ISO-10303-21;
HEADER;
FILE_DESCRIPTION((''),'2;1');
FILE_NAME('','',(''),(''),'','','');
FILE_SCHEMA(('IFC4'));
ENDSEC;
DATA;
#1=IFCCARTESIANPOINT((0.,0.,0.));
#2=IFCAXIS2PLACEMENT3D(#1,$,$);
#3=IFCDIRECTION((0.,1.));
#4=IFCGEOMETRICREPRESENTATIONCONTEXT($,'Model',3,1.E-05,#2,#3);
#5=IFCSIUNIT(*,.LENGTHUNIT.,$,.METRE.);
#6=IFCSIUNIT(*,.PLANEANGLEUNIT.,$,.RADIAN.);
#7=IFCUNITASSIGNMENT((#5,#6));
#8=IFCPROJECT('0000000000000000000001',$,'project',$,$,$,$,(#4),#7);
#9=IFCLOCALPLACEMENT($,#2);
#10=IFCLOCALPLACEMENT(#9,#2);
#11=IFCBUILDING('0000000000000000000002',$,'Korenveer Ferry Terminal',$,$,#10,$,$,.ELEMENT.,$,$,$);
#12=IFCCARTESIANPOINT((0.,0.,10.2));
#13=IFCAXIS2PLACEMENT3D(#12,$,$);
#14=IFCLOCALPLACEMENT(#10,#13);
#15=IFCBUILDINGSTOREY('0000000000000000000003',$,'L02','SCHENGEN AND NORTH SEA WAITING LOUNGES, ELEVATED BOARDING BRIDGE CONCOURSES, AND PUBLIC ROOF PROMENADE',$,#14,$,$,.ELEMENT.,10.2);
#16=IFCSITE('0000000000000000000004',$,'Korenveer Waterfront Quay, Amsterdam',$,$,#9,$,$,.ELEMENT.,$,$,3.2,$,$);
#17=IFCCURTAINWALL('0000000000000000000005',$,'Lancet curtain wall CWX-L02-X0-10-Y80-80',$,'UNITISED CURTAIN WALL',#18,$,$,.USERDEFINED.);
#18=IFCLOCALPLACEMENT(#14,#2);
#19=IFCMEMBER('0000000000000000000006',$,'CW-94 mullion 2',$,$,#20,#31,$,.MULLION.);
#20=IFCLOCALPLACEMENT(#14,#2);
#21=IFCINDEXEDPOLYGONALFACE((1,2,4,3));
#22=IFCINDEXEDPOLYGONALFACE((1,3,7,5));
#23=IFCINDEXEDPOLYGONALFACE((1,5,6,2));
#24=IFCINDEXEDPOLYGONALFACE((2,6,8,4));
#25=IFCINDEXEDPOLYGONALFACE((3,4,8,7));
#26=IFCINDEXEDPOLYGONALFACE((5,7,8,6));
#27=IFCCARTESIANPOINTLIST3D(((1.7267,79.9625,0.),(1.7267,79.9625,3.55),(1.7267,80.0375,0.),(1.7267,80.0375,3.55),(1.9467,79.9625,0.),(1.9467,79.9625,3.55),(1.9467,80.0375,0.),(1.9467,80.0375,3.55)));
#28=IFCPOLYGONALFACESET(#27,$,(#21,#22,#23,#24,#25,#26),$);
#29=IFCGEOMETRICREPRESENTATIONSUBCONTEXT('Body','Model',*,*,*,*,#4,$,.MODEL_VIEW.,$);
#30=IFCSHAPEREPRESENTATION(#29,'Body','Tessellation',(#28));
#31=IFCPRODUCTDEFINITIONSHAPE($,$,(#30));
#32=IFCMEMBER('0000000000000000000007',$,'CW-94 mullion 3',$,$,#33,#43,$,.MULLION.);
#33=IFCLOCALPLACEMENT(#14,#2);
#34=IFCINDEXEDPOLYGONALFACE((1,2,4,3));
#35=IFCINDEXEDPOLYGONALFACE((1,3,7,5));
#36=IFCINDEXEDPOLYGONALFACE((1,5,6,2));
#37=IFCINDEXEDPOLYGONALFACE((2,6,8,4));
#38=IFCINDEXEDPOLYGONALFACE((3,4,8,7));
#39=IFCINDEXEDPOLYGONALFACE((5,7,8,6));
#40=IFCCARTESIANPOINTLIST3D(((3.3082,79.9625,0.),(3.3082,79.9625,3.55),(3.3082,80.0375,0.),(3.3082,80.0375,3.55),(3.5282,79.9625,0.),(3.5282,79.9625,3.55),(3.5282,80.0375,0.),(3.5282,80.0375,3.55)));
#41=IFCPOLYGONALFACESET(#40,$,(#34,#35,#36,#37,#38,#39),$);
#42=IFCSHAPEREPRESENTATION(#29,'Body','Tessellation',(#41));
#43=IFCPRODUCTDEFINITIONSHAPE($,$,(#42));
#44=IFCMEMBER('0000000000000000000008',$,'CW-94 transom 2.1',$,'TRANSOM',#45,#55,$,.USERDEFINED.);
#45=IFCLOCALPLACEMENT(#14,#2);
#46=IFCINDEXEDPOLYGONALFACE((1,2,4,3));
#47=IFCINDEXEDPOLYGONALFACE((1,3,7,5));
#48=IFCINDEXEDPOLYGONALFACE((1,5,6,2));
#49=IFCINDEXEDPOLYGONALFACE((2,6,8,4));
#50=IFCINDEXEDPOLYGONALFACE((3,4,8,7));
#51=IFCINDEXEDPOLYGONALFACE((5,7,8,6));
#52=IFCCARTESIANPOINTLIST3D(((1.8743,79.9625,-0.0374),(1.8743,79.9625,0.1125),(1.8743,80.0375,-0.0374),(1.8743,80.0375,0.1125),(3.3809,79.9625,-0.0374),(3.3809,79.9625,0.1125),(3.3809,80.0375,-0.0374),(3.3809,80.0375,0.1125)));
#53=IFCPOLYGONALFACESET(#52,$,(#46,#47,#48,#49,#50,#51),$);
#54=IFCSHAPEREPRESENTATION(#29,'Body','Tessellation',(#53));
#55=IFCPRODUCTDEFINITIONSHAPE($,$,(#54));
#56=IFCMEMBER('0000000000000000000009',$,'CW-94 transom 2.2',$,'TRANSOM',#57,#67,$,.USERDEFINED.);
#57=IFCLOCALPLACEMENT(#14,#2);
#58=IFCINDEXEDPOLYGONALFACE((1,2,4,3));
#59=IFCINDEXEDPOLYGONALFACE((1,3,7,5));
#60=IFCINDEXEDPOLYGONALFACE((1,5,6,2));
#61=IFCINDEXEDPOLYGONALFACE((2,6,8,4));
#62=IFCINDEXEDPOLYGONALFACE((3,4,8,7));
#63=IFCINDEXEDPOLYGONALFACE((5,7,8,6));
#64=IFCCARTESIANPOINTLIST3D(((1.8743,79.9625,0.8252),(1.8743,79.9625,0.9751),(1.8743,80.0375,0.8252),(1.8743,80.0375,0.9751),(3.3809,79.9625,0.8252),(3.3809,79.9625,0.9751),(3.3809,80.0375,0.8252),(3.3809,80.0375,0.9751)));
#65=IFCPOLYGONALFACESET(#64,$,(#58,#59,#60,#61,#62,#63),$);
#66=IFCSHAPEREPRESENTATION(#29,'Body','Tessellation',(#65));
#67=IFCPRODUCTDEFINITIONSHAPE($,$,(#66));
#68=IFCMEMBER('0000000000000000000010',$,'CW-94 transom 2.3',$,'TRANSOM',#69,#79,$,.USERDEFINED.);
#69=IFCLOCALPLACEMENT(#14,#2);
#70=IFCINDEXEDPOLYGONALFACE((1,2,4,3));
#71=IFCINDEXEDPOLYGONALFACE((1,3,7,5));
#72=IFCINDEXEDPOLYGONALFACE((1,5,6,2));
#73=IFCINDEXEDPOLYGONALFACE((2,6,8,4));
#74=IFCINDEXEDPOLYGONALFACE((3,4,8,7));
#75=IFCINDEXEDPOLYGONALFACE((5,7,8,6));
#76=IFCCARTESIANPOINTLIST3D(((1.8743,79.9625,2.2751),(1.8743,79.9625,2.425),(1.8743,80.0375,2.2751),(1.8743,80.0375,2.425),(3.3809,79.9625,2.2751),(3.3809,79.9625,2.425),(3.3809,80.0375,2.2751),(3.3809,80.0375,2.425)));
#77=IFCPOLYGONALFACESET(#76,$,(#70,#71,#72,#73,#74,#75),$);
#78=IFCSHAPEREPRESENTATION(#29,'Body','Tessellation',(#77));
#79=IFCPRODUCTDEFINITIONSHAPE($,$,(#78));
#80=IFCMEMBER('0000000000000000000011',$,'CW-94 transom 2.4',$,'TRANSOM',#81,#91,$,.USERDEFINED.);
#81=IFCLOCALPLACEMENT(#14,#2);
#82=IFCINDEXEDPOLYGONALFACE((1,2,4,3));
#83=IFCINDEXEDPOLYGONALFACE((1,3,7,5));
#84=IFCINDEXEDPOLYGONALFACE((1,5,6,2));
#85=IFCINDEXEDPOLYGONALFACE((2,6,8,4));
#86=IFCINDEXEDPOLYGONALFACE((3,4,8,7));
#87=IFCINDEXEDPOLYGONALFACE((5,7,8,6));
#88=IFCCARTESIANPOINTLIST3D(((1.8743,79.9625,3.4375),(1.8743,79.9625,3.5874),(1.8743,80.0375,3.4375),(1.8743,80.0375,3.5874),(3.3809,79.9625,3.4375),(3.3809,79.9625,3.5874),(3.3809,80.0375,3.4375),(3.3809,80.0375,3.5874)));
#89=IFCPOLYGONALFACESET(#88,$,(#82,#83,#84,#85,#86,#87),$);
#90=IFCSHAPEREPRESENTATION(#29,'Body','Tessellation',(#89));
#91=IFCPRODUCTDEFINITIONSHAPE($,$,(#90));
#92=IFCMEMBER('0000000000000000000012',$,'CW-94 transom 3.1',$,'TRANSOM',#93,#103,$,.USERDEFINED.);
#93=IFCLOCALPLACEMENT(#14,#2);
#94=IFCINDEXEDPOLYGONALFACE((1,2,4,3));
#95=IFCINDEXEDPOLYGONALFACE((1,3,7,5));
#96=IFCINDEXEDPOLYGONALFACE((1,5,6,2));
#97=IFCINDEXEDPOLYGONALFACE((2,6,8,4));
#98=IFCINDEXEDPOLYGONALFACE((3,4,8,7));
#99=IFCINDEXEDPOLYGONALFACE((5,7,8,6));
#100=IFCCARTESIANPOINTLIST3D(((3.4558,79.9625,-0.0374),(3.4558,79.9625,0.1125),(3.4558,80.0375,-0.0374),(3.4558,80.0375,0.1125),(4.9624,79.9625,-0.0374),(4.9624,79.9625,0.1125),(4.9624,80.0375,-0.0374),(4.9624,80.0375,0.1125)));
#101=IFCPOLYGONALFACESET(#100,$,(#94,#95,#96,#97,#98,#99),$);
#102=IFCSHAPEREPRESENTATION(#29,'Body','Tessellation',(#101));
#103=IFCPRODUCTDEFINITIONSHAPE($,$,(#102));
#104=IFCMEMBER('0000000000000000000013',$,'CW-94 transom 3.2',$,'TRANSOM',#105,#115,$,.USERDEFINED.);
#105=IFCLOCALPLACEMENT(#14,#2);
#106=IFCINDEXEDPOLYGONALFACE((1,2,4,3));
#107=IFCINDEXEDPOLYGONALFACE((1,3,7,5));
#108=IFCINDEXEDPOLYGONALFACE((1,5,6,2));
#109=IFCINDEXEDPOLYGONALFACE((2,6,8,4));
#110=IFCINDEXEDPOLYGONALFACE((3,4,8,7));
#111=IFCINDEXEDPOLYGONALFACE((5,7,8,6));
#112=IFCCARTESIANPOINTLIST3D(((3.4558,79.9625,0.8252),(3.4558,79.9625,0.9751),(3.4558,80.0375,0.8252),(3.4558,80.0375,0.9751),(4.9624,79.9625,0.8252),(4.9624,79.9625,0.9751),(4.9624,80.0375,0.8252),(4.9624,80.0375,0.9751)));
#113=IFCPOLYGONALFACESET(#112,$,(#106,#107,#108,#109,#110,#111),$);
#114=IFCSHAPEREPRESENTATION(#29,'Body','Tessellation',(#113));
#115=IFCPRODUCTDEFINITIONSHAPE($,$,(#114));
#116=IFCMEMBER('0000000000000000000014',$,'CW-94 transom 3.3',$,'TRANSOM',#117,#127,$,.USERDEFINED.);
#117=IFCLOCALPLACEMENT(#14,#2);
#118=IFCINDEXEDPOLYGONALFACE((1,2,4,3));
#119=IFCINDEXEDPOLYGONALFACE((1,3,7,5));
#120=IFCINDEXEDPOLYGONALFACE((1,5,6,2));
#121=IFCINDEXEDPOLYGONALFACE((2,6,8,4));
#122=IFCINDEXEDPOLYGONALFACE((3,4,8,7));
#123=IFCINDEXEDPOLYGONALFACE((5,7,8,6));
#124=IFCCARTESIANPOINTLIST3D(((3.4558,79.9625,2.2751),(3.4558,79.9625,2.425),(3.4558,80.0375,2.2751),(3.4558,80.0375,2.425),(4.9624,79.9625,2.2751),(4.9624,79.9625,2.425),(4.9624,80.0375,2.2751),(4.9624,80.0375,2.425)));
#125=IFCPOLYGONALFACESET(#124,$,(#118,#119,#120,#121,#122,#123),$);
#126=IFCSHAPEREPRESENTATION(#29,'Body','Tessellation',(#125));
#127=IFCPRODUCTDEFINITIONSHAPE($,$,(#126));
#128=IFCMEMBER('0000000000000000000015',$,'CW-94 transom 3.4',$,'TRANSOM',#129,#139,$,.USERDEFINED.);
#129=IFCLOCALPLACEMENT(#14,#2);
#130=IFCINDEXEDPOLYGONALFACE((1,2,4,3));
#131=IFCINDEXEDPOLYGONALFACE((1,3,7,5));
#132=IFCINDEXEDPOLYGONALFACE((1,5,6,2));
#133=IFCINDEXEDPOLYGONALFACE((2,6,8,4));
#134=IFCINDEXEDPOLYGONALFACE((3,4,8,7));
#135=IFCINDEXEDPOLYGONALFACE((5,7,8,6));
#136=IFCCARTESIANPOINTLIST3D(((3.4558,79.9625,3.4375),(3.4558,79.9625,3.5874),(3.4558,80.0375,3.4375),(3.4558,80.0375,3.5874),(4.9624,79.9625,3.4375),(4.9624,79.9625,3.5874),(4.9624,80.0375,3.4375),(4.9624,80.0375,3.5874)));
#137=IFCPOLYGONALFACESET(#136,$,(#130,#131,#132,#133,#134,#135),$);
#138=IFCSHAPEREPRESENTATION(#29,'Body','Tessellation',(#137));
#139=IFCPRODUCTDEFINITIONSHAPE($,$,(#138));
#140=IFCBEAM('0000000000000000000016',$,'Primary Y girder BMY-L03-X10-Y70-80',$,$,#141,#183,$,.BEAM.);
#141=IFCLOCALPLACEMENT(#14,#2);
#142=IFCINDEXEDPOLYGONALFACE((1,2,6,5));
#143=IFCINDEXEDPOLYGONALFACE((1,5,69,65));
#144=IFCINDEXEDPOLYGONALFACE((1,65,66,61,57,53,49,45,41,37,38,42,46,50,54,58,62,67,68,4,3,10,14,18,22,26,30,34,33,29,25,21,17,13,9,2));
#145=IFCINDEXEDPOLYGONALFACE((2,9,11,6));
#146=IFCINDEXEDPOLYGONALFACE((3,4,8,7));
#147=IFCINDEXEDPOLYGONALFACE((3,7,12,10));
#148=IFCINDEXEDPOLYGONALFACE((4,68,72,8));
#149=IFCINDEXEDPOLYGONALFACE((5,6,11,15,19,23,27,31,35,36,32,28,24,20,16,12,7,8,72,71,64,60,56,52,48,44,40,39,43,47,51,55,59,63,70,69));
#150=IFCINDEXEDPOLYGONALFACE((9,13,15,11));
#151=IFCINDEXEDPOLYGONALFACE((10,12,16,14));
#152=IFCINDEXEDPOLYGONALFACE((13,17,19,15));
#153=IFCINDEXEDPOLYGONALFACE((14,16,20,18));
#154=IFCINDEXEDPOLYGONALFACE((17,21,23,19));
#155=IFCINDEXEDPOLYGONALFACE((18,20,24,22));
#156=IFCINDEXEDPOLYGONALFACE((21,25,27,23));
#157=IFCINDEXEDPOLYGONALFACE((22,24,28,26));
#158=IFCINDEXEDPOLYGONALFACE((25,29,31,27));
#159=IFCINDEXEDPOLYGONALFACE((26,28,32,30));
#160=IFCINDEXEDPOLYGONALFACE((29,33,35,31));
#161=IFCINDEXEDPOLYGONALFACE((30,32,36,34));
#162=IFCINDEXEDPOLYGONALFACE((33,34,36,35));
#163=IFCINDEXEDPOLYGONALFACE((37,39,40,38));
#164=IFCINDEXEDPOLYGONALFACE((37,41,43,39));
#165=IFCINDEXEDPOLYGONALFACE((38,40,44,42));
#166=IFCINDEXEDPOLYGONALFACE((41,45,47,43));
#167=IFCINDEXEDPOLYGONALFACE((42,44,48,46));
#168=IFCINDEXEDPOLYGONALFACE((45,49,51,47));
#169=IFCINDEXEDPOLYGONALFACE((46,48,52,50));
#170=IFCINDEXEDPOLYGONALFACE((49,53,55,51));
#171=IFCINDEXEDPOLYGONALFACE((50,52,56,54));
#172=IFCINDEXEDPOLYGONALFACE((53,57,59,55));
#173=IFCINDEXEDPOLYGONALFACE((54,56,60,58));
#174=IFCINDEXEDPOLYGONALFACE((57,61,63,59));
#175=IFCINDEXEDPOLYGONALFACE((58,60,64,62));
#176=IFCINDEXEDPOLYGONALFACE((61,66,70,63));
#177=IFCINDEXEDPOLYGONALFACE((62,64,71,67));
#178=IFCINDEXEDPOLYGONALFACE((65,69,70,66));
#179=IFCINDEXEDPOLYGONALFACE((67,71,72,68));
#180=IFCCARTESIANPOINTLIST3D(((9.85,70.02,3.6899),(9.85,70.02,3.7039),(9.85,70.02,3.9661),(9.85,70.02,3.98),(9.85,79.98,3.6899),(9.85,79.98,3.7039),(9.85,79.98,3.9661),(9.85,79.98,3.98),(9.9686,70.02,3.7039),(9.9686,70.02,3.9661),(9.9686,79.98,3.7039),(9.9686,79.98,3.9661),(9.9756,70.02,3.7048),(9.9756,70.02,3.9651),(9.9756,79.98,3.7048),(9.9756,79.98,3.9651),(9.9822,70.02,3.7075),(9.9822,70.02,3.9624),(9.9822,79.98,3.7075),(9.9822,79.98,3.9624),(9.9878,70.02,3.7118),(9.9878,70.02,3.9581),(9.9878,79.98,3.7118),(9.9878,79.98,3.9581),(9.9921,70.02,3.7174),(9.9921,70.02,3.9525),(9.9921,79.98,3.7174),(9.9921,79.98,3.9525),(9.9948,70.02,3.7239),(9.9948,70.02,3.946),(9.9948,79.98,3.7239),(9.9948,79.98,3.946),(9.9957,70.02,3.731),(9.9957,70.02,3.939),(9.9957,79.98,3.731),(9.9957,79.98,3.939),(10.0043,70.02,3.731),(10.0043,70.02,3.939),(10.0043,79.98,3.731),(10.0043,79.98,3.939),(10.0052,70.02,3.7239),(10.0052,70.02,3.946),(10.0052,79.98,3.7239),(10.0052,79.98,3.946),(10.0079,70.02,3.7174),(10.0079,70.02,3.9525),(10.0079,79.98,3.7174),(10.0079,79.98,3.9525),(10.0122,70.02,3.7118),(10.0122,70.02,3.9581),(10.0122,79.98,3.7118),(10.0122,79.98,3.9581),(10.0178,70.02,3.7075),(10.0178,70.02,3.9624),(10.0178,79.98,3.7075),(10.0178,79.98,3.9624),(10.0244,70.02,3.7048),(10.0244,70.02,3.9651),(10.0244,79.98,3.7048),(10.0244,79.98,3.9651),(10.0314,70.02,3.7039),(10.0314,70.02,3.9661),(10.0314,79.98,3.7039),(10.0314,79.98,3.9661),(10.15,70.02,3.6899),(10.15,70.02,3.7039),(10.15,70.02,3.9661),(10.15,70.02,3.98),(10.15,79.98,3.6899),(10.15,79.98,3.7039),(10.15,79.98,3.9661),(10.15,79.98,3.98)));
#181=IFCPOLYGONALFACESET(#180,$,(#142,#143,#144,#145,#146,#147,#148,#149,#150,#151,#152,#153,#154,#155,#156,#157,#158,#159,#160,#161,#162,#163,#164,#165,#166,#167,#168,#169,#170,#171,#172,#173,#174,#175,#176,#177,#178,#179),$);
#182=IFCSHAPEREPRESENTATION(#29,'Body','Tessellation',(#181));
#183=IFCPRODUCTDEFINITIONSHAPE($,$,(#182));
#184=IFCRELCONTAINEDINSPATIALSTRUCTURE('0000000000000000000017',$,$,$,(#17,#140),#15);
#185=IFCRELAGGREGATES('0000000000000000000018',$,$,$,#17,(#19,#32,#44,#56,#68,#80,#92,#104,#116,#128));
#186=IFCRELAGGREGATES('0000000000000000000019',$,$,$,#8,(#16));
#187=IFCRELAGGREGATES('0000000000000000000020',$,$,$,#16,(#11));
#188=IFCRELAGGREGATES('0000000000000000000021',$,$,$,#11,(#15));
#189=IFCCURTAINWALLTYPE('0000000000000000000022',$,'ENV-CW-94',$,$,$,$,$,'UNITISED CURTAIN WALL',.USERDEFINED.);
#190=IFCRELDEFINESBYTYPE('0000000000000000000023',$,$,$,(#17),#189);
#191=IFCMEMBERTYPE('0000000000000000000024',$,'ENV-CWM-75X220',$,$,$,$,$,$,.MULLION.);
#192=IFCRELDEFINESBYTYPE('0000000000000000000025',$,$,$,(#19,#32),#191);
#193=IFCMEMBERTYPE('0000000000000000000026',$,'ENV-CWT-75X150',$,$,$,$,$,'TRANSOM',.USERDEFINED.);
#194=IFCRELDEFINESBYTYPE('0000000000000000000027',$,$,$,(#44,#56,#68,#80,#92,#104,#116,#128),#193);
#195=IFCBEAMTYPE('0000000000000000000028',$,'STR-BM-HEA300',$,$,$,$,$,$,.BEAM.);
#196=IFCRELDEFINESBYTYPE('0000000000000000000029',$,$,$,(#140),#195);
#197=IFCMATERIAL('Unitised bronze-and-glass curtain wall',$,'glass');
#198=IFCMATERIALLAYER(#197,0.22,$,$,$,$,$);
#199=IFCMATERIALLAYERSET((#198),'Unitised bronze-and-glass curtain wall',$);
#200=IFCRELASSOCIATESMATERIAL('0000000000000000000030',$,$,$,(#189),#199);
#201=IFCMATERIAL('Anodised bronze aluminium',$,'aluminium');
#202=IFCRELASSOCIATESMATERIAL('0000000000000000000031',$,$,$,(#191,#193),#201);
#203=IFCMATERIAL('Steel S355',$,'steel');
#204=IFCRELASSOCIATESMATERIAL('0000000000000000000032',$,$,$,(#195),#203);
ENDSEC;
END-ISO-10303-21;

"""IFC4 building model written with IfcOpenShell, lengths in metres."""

from ifc_helpers import new_model, si_unit, direction, frame, origin, origin_2d, place, context, subcontext, project, spatial, rectangle, i_section, extrude, material, layer, layer_set, material_profile, profile_set, type_object, element, aggregate, save


model = new_model("IFC4")

# Units and contexts
model_context = context("Model", 3, precision=1e-05, world=origin(), true_north=direction((0.0, 1.0)))
body_context = subcontext(model_context, "Body", "Model", "MODEL_VIEW")
ifc_project = project(units=[si_unit("LENGTHUNIT", "METRE"), si_unit("PLANEANGLEUNIT", "RADIAN")], contexts=[model_context])

# Site, building, storey
site_placement = place(None, origin())
site = spatial("IfcSite", under=ifc_project, at=site_placement, Name="Korenveer Waterfront Quay, Amsterdam", CompositionType="ELEMENT", RefElevation=3.2)
building_placement = place(site_placement, origin())
building = spatial("IfcBuilding", under=site, at=building_placement, Name="Korenveer Ferry Terminal", CompositionType="ELEMENT")
storey_placement = place(building_placement, frame((0.0, 0.0, 10.2)))
storey = spatial("IfcBuildingStorey", under=building, at=storey_placement, Name="L02", Description="SCHENGEN AND NORTH SEA WAITING LOUNGES, ELEVATED BOARDING BRIDGE CONCOURSES, AND PUBLIC ROOF PROMENADE", CompositionType="ELEMENT", Elevation=10.2)

# Curtain wall, members
ifc_material_1 = material(Name="Unitised bronze-and-glass curtain wall", Category="glass")
ifc_layer_1 = layer(ifc_material_1, 0.22)
ifc_layer_set_1 = layer_set([ifc_layer_1], Name="Unitised bronze-and-glass curtain wall")
curtain_wall_type = type_object("IfcCurtainWallType", Name="ENV-CW-94", ElementType="UNITISED CURTAIN WALL", PredefinedType="USERDEFINED", material=ifc_layer_set_1)
curtain_wall_placement = place(storey_placement, frame((0.2549, 80.0, 0.0)))
curtain_wall = element("IfcCurtainWall", 1, at=curtain_wall_placement, inside=storey, type_object=curtain_wall_type, Name="Lancet curtain wall CWX-L02-X0-10-Y80-80", ObjectType="UNITISED CURTAIN WALL", PredefinedType="USERDEFINED")
ifc_material_2 = material(Name="Anodised bronze aluminium", Category="aluminium")
ifc_material_profile_1 = material_profile(ifc_material_2, rectangle(XDim=0.075, YDim=0.22, at=origin_2d()), Name="ALU 75x220")
ifc_profile_set_1 = profile_set([ifc_material_profile_1], Name="Anodised bronze aluminium")
member_type_1 = type_object("IfcMemberType", Name="ENV-CWM-75X220", PredefinedType="MULLION", material=ifc_profile_set_1)
member_1_placement = place(storey_placement, frame((1.8367, 80.0, 0.0), z_axis=(0.0, 0.0, 1.0), x_axis=(0.0, 1.0, 0.0)))
member_1 = element("IfcMember", 2, at=member_1_placement, type_object=member_type_1, Name="CW-94 mullion 2", PredefinedType="MULLION", context=body_context, shape_type="SweptSolid", body=[
    extrude(rectangle(XDim=0.075, YDim=0.22, at=origin_2d()), origin(), (0.0, 0.0, 1.0), 3.55),
])
member_2_placement = place(storey_placement, frame((3.4182, 80.0, 0.0), z_axis=(0.0, 0.0, 1.0), x_axis=(0.0, 1.0, 0.0)))
member_2 = element("IfcMember", 3, at=member_2_placement, type_object=member_type_1, Name="CW-94 mullion 3", PredefinedType="MULLION", context=body_context, shape_type="SweptSolid", body=[
    extrude(rectangle(XDim=0.075, YDim=0.22, at=origin_2d()), origin(), (0.0, 0.0, 1.0), 3.55),
])
ifc_material_profile_2 = material_profile(ifc_material_2, rectangle(XDim=0.075, YDim=0.1499, at=origin_2d()), Name="ALU 75x150")
ifc_profile_set_2 = profile_set([ifc_material_profile_2], Name="Anodised bronze aluminium")
member_type_2 = type_object("IfcMemberType", Name="ENV-CWT-75X150", ElementType="TRANSOM", PredefinedType="USERDEFINED", material=ifc_profile_set_2)
member_3_placement = place(storey_placement, frame((1.8743, 80.0, 0.0376), z_axis=(1.0, 0.0, 0.0), x_axis=(0.0, 1.0, 0.0)))
member_3 = element("IfcMember", 4, at=member_3_placement, type_object=member_type_2, Name="CW-94 transom 2.1", ObjectType="TRANSOM", PredefinedType="USERDEFINED", context=body_context, shape_type="SweptSolid", body=[
    extrude(rectangle(XDim=0.075, YDim=0.1499, at=origin_2d()), origin(), (0.0, 0.0, 1.0), 1.5066),
])
member_4_placement = place(storey_placement, frame((1.8743, 80.0, 0.9001), z_axis=(1.0, 0.0, 0.0), x_axis=(0.0, 1.0, 0.0)))
member_4 = element("IfcMember", 5, at=member_4_placement, type_object=member_type_2, Name="CW-94 transom 2.2", ObjectType="TRANSOM", PredefinedType="USERDEFINED", context=body_context, shape_type="SweptSolid", body=[
    extrude(rectangle(XDim=0.075, YDim=0.1499, at=origin_2d()), origin(), (0.0, 0.0, 1.0), 1.5066),
])
member_5_placement = place(storey_placement, frame((1.8743, 80.0, 2.3501), z_axis=(1.0, 0.0, 0.0), x_axis=(0.0, 1.0, 0.0)))
member_5 = element("IfcMember", 6, at=member_5_placement, type_object=member_type_2, Name="CW-94 transom 2.3", ObjectType="TRANSOM", PredefinedType="USERDEFINED", context=body_context, shape_type="SweptSolid", body=[
    extrude(rectangle(XDim=0.075, YDim=0.1499, at=origin_2d()), origin(), (0.0, 0.0, 1.0), 1.5066),
])
member_6_placement = place(storey_placement, frame((1.8743, 80.0, 3.5125), z_axis=(1.0, 0.0, 0.0), x_axis=(0.0, 1.0, 0.0)))
member_6 = element("IfcMember", 7, at=member_6_placement, type_object=member_type_2, Name="CW-94 transom 2.4", ObjectType="TRANSOM", PredefinedType="USERDEFINED", context=body_context, shape_type="SweptSolid", body=[
    extrude(rectangle(XDim=0.075, YDim=0.1499, at=origin_2d()), origin(), (0.0, 0.0, 1.0), 1.5066),
])
member_7_placement = place(storey_placement, frame((3.4558, 80.0, 0.0376), z_axis=(1.0, 0.0, 0.0), x_axis=(0.0, 1.0, 0.0)))
member_7 = element("IfcMember", 8, at=member_7_placement, type_object=member_type_2, Name="CW-94 transom 3.1", ObjectType="TRANSOM", PredefinedType="USERDEFINED", context=body_context, shape_type="SweptSolid", body=[
    extrude(rectangle(XDim=0.075, YDim=0.1499, at=origin_2d()), origin(), (0.0, 0.0, 1.0), 1.5066),
])
member_8_placement = place(storey_placement, frame((3.4558, 80.0, 0.9001), z_axis=(1.0, 0.0, 0.0), x_axis=(0.0, 1.0, 0.0)))
member_8 = element("IfcMember", 9, at=member_8_placement, type_object=member_type_2, Name="CW-94 transom 3.2", ObjectType="TRANSOM", PredefinedType="USERDEFINED", context=body_context, shape_type="SweptSolid", body=[
    extrude(rectangle(XDim=0.075, YDim=0.1499, at=origin_2d()), origin(), (0.0, 0.0, 1.0), 1.5066),
])
member_9_placement = place(storey_placement, frame((3.4558, 80.0, 2.3501), z_axis=(1.0, 0.0, 0.0), x_axis=(0.0, 1.0, 0.0)))
member_9 = element("IfcMember", 10, at=member_9_placement, type_object=member_type_2, Name="CW-94 transom 3.3", ObjectType="TRANSOM", PredefinedType="USERDEFINED", context=body_context, shape_type="SweptSolid", body=[
    extrude(rectangle(XDim=0.075, YDim=0.1499, at=origin_2d()), origin(), (0.0, 0.0, 1.0), 1.5066),
])
member_10_placement = place(storey_placement, frame((3.4558, 80.0, 3.5125), z_axis=(1.0, 0.0, 0.0), x_axis=(0.0, 1.0, 0.0)))
member_10 = element("IfcMember", 11, at=member_10_placement, type_object=member_type_2, Name="CW-94 transom 3.4", ObjectType="TRANSOM", PredefinedType="USERDEFINED", context=body_context, shape_type="SweptSolid", body=[
    extrude(rectangle(XDim=0.075, YDim=0.1499, at=origin_2d()), origin(), (0.0, 0.0, 1.0), 1.5066),
])

# Beam
ifc_material_3 = material(Name="Steel S355", Category="steel")
ifc_material_profile_3 = material_profile(ifc_material_3, i_section(OverallWidth=0.3, OverallDepth=0.29, WebThickness=0.0085, FlangeThickness=0.0139, FilletRadius=0.0271, at=origin_2d()), Name="HEA 300")
ifc_profile_set_3 = profile_set([ifc_material_profile_3], Name="Steel S355")
beam_type_1 = type_object("IfcBeamType", Name="STR-BM-HEA300", PredefinedType="BEAM", material=ifc_profile_set_3)
beam_placement = place(storey_placement, frame((10.0, 70.02, 3.835), z_axis=(0.0, 1.0, 0.0), x_axis=(-1.0, 0.0, 0.0)))
element("IfcBeam", 12, at=beam_placement, inside=storey, type_object=beam_type_1, Name="Primary Y girder BMY-L03-X10-Y70-80", PredefinedType="BEAM", context=body_context, shape_type="SweptSolid", body=[
    extrude(i_section(OverallWidth=0.3, OverallDepth=0.29, WebThickness=0.0085, FlangeThickness=0.0139, FilletRadius=0.0271, at=origin_2d()), origin(), (0.0, 0.0, 1.0), 9.96),
])

aggregate(curtain_wall, [member_1, member_2, member_3, member_4, member_5, member_6, member_7, member_8, member_9, member_10])

save(model, "model.ifc")
